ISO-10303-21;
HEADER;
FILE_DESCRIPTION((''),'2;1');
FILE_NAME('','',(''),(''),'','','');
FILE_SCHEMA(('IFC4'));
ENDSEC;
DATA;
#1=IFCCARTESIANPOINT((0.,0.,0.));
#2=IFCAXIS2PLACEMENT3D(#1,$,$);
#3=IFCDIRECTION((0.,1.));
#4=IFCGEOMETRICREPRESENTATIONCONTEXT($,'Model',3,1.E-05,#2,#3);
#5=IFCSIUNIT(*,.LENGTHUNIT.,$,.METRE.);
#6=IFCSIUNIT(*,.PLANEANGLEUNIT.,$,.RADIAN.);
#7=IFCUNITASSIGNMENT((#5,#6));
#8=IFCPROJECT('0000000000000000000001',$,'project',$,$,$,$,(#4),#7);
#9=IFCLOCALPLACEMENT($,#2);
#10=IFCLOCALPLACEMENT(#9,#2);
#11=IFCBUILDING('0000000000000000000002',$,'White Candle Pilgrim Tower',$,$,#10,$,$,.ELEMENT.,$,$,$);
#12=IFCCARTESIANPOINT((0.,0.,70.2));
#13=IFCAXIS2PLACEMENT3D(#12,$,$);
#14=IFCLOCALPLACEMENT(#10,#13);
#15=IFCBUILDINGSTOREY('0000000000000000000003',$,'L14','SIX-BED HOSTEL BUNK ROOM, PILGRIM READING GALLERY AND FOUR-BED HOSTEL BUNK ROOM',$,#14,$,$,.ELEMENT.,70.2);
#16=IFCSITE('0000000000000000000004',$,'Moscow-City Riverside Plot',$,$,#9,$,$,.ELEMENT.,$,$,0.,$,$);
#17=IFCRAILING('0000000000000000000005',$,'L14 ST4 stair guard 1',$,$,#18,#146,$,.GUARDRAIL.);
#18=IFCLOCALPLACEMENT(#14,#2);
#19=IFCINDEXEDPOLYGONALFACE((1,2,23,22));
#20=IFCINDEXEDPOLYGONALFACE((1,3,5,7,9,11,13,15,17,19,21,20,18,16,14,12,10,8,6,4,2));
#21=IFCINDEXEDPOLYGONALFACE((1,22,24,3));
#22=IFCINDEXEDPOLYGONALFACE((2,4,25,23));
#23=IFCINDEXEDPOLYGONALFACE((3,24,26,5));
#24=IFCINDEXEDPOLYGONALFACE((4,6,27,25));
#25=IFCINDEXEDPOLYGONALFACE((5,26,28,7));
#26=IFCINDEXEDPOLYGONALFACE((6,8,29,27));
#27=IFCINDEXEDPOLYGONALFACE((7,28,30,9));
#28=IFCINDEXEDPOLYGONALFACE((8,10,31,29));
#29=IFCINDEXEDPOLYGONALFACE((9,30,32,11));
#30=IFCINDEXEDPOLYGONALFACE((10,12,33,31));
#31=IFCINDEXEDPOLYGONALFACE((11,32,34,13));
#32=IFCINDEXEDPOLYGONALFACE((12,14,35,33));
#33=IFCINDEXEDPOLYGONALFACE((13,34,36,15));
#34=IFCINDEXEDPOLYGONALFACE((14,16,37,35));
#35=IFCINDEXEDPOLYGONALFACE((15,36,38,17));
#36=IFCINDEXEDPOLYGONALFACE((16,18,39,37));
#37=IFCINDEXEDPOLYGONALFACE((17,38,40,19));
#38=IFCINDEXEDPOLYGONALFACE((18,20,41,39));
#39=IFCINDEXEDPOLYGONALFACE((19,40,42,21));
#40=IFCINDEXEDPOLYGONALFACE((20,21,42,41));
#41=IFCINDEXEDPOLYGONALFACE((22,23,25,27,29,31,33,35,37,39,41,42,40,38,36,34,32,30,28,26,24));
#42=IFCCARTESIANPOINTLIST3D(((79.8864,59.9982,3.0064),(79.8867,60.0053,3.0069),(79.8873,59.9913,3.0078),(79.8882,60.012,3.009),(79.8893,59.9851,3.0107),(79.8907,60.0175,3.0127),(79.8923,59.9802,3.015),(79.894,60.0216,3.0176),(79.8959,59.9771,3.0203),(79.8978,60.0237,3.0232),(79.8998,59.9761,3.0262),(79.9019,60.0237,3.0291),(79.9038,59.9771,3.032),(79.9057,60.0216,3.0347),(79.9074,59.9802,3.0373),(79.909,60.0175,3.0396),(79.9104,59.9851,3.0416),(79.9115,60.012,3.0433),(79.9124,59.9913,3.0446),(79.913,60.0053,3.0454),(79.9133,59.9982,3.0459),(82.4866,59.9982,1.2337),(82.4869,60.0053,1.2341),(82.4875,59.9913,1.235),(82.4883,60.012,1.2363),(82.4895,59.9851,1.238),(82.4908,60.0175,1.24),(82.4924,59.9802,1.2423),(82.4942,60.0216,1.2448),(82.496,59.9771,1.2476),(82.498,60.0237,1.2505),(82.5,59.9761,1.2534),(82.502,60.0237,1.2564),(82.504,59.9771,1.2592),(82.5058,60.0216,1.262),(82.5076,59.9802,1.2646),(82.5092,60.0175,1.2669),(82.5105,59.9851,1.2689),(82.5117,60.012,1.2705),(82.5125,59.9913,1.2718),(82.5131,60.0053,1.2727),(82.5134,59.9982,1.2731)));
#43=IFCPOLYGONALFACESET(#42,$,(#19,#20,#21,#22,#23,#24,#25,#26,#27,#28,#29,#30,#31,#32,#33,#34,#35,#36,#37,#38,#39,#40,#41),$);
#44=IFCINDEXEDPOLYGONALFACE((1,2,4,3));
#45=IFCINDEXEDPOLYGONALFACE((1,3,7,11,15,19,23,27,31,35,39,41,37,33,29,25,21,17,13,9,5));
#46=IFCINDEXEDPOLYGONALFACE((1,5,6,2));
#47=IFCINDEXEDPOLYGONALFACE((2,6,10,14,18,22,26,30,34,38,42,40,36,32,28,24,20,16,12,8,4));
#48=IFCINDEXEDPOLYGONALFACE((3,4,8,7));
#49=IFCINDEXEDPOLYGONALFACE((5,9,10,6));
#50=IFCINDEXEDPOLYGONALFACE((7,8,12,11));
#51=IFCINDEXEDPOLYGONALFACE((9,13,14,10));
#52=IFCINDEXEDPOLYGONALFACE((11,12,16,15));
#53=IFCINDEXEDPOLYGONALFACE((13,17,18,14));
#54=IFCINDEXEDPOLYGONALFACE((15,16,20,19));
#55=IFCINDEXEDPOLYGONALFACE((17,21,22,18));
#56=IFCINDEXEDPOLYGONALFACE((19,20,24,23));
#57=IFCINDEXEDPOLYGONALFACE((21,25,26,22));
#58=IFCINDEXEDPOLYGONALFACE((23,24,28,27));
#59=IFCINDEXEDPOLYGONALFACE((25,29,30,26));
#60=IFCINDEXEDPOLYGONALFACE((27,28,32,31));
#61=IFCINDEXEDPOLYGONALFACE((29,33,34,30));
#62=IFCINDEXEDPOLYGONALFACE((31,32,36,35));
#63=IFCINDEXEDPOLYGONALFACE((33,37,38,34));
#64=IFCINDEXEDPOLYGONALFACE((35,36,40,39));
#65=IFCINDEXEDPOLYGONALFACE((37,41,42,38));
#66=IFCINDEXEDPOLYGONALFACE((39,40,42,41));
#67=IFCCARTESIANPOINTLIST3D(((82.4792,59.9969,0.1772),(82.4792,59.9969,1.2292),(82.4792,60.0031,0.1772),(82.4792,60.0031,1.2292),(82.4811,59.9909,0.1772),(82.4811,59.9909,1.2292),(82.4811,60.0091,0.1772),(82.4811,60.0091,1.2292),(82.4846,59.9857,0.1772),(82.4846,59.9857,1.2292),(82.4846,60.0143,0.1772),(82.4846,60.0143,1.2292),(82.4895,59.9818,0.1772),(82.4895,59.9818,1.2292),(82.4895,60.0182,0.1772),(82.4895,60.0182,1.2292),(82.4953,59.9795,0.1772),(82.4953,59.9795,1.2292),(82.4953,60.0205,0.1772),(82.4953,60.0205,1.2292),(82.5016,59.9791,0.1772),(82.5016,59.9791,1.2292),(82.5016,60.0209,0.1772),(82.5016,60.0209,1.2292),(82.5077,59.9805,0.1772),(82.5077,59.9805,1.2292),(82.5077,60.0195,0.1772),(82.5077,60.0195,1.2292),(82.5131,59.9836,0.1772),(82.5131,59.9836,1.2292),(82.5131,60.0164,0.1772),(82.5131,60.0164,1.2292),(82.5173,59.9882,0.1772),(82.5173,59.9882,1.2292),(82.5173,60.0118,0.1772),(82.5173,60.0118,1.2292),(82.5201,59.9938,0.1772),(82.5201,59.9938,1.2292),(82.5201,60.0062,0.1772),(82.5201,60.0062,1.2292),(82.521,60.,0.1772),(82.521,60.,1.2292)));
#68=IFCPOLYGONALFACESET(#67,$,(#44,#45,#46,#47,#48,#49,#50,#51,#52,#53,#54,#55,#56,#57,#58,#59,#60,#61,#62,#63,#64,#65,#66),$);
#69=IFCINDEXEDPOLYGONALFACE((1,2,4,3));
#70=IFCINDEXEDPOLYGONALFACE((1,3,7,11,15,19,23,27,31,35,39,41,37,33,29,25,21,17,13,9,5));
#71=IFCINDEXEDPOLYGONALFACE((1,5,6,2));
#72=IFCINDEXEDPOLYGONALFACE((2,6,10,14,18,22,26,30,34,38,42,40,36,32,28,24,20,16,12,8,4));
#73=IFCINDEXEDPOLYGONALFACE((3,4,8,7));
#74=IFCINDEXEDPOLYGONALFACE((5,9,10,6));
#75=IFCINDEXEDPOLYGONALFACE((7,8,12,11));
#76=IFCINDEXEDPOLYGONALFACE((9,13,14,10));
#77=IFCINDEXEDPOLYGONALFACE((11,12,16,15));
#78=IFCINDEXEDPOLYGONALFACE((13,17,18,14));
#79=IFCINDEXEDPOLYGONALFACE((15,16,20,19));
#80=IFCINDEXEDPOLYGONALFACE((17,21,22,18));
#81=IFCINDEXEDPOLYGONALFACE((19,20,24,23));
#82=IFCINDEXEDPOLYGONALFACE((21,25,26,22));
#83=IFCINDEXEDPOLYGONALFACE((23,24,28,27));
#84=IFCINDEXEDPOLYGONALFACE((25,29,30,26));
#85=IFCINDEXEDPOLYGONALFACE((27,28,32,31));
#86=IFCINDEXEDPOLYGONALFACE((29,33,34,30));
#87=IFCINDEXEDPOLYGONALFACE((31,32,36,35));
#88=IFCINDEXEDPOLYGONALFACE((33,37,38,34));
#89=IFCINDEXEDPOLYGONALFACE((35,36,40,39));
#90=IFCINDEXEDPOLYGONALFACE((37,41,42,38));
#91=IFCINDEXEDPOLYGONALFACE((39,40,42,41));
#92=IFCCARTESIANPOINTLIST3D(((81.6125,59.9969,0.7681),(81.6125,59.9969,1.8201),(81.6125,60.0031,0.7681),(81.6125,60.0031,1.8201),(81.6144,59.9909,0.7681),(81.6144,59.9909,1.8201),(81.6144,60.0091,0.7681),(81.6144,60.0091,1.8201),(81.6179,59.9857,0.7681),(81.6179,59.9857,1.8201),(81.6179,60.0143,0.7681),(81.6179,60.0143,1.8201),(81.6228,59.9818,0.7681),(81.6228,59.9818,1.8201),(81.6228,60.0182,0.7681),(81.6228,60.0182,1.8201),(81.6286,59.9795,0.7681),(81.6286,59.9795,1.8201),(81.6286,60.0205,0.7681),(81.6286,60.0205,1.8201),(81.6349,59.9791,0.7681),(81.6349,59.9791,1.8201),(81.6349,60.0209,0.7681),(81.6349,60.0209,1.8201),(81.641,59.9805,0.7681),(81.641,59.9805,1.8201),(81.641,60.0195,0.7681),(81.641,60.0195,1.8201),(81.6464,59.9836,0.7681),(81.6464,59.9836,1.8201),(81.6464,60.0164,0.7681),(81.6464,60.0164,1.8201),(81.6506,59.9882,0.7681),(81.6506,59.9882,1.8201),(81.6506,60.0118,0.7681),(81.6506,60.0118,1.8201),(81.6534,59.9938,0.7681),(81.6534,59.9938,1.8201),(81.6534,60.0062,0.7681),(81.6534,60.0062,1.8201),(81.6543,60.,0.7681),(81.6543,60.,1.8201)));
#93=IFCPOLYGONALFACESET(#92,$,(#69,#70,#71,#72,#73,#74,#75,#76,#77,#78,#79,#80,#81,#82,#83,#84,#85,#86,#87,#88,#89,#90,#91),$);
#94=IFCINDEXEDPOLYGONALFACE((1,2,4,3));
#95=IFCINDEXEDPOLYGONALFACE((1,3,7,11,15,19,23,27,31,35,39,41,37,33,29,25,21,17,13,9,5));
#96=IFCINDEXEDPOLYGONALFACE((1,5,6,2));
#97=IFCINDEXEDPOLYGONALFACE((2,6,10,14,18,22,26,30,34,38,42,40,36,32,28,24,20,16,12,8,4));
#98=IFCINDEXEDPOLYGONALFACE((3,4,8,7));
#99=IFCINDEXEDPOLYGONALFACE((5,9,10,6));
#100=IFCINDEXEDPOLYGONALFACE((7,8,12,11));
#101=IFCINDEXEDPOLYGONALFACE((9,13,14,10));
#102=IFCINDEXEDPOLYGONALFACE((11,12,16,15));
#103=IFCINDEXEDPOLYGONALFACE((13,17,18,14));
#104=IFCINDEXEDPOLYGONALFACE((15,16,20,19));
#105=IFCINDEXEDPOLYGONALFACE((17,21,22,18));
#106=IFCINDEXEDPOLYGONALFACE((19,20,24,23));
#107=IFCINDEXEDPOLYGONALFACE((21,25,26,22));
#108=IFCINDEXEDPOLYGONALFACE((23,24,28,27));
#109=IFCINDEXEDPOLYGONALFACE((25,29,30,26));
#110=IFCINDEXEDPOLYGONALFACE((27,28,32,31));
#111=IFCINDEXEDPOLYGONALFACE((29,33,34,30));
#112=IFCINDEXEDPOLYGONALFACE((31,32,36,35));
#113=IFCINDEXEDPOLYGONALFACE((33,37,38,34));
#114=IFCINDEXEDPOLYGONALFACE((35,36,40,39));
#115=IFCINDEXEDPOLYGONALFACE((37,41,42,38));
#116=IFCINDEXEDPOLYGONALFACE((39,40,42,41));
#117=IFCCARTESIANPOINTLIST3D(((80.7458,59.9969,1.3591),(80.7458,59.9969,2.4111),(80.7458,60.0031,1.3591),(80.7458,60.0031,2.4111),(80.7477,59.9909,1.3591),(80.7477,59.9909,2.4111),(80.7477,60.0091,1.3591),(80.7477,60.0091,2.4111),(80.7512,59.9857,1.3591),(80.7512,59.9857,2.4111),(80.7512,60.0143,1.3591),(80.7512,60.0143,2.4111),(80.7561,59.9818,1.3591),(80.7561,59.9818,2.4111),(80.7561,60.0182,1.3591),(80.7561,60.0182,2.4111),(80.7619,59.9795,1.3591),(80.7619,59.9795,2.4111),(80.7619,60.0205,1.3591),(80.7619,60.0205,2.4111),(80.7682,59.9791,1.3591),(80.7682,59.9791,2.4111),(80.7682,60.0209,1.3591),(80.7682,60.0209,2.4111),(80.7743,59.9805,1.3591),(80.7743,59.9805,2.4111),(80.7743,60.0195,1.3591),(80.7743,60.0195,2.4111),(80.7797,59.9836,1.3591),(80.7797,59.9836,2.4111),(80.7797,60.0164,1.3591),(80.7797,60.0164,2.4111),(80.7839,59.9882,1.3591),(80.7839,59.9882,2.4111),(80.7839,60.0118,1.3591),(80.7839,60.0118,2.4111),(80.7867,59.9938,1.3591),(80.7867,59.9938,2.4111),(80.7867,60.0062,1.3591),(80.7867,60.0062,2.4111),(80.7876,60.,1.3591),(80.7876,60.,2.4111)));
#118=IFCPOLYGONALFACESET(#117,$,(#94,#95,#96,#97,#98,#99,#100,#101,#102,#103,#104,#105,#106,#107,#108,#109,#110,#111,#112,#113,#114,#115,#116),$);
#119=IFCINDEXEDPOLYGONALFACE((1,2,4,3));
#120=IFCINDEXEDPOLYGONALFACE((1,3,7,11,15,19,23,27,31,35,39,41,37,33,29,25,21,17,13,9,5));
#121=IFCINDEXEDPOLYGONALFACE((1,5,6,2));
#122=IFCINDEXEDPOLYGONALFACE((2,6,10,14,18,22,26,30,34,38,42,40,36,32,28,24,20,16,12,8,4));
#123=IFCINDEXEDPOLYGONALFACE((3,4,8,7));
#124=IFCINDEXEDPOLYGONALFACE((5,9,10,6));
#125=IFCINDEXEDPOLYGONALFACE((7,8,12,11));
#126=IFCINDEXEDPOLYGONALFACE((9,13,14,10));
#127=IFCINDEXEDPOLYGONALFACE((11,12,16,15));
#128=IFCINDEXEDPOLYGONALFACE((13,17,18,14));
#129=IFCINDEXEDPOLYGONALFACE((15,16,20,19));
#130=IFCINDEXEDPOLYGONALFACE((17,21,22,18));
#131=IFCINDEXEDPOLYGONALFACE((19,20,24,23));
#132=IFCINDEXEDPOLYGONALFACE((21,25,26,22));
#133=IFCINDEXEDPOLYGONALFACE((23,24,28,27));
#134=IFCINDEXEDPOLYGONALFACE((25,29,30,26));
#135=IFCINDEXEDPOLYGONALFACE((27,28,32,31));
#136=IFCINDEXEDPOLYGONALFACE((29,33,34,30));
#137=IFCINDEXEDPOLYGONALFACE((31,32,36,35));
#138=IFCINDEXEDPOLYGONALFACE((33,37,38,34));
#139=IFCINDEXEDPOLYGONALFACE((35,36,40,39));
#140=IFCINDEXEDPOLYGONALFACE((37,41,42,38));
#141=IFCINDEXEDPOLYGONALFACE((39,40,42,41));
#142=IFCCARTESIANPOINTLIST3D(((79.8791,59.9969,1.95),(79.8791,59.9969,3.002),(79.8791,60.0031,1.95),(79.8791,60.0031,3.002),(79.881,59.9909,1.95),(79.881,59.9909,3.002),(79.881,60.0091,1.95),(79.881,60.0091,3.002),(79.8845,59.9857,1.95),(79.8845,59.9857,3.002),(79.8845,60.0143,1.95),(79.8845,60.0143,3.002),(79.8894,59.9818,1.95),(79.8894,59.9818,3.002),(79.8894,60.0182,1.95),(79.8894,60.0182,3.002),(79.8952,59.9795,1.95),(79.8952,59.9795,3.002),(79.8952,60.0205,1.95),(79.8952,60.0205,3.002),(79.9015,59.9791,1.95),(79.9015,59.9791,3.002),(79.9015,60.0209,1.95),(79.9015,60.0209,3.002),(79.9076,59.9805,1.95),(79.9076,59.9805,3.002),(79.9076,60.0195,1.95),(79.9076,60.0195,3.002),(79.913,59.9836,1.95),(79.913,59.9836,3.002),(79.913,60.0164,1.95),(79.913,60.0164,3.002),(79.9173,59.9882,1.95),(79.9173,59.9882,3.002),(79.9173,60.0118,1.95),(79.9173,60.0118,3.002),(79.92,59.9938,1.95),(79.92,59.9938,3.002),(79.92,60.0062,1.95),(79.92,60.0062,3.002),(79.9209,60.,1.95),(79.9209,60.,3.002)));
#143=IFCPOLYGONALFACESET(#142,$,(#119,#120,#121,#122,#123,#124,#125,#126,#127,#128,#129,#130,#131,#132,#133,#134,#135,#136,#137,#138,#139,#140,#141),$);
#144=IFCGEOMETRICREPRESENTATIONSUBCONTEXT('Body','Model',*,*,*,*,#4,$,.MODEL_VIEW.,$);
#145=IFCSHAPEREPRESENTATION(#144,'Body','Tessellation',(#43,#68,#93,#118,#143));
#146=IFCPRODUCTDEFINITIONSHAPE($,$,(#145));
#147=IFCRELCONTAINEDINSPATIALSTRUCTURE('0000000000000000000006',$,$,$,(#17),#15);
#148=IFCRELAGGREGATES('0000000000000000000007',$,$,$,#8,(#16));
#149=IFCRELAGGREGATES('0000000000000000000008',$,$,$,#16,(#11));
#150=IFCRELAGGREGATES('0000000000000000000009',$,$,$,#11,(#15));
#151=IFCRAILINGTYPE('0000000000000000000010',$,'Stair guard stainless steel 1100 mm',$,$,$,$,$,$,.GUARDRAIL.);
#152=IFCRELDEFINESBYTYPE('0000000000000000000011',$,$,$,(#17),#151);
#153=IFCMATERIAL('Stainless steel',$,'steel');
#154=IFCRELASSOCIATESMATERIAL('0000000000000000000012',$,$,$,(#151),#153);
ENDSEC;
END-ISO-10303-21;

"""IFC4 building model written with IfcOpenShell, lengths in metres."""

from ifc_helpers import new_model, si_unit, direction, frame, origin, origin_2d, place, context, subcontext, project, spatial, circle, extrude, material, type_object, element, save


model = new_model("IFC4")

# Units and contexts
model_context = context("Model", 3, precision=1e-05, world=origin(), true_north=direction((0.0, 1.0)))
body_context = subcontext(model_context, "Body", "Model", "MODEL_VIEW")
ifc_project = project(units=[si_unit("LENGTHUNIT", "METRE"), si_unit("PLANEANGLEUNIT", "RADIAN")], contexts=[model_context])

# Site, building, storey
site_placement = place(None, origin())
site = spatial("IfcSite", under=ifc_project, at=site_placement, Name="Moscow-City Riverside Plot", CompositionType="ELEMENT", RefElevation=0.0)
building_placement = place(site_placement, origin())
building = spatial("IfcBuilding", under=site, at=building_placement, Name="White Candle Pilgrim Tower", CompositionType="ELEMENT")
storey_placement = place(building_placement, frame((0.0, 0.0, 70.2)))
storey = spatial("IfcBuildingStorey", under=building, at=storey_placement, Name="L14", Description="SIX-BED HOSTEL BUNK ROOM, PILGRIM READING GALLERY AND FOUR-BED HOSTEL BUNK ROOM", CompositionType="ELEMENT", Elevation=70.2)

# Railing
ifc_material_1 = material(Name="Stainless steel", Category="steel")
railing_type_1 = type_object("IfcRailingType", Name="Stair guard stainless steel 1100 mm", PredefinedType="GUARDRAIL", material=ifc_material_1)
railing_1_placement = place(storey_placement, frame((82.5, 60.0, 0.1772)))
element("IfcRailing", 1, at=railing_1_placement, inside=storey, type_object=railing_type_1, Name="L14 ST4 stair guard 1", PredefinedType="GUARDRAIL", context=body_context, shape_type="SweptSolid", body=[
    extrude(circle(Radius=0.0239, at=origin_2d()), frame((0.0, 0.0, 1.0762), z_axis=(-0.82624, 0.0, 0.563318), x_axis=(0.0, -1.0, 0.0)), (0.0, 0.0, 1.0), 3.147),
    extrude(circle(Radius=0.021, at=origin_2d()), origin(), (0.0, 0.0, 1.0), 1.052),
    extrude(circle(Radius=0.021, at=origin_2d()), frame((-0.8667, 0.0, 0.5908)), (0.0, 0.0, 1.0), 1.052),
    extrude(circle(Radius=0.021, at=origin_2d()), frame((-1.7334, 0.0, 1.1819)), (0.0, 0.0, 1.0), 1.052),
    extrude(circle(Radius=0.021, at=origin_2d()), frame((-2.6001, 0.0, 1.7727)), (0.0, 0.0, 1.0), 1.052),
])

save(model, "model.ifc")
